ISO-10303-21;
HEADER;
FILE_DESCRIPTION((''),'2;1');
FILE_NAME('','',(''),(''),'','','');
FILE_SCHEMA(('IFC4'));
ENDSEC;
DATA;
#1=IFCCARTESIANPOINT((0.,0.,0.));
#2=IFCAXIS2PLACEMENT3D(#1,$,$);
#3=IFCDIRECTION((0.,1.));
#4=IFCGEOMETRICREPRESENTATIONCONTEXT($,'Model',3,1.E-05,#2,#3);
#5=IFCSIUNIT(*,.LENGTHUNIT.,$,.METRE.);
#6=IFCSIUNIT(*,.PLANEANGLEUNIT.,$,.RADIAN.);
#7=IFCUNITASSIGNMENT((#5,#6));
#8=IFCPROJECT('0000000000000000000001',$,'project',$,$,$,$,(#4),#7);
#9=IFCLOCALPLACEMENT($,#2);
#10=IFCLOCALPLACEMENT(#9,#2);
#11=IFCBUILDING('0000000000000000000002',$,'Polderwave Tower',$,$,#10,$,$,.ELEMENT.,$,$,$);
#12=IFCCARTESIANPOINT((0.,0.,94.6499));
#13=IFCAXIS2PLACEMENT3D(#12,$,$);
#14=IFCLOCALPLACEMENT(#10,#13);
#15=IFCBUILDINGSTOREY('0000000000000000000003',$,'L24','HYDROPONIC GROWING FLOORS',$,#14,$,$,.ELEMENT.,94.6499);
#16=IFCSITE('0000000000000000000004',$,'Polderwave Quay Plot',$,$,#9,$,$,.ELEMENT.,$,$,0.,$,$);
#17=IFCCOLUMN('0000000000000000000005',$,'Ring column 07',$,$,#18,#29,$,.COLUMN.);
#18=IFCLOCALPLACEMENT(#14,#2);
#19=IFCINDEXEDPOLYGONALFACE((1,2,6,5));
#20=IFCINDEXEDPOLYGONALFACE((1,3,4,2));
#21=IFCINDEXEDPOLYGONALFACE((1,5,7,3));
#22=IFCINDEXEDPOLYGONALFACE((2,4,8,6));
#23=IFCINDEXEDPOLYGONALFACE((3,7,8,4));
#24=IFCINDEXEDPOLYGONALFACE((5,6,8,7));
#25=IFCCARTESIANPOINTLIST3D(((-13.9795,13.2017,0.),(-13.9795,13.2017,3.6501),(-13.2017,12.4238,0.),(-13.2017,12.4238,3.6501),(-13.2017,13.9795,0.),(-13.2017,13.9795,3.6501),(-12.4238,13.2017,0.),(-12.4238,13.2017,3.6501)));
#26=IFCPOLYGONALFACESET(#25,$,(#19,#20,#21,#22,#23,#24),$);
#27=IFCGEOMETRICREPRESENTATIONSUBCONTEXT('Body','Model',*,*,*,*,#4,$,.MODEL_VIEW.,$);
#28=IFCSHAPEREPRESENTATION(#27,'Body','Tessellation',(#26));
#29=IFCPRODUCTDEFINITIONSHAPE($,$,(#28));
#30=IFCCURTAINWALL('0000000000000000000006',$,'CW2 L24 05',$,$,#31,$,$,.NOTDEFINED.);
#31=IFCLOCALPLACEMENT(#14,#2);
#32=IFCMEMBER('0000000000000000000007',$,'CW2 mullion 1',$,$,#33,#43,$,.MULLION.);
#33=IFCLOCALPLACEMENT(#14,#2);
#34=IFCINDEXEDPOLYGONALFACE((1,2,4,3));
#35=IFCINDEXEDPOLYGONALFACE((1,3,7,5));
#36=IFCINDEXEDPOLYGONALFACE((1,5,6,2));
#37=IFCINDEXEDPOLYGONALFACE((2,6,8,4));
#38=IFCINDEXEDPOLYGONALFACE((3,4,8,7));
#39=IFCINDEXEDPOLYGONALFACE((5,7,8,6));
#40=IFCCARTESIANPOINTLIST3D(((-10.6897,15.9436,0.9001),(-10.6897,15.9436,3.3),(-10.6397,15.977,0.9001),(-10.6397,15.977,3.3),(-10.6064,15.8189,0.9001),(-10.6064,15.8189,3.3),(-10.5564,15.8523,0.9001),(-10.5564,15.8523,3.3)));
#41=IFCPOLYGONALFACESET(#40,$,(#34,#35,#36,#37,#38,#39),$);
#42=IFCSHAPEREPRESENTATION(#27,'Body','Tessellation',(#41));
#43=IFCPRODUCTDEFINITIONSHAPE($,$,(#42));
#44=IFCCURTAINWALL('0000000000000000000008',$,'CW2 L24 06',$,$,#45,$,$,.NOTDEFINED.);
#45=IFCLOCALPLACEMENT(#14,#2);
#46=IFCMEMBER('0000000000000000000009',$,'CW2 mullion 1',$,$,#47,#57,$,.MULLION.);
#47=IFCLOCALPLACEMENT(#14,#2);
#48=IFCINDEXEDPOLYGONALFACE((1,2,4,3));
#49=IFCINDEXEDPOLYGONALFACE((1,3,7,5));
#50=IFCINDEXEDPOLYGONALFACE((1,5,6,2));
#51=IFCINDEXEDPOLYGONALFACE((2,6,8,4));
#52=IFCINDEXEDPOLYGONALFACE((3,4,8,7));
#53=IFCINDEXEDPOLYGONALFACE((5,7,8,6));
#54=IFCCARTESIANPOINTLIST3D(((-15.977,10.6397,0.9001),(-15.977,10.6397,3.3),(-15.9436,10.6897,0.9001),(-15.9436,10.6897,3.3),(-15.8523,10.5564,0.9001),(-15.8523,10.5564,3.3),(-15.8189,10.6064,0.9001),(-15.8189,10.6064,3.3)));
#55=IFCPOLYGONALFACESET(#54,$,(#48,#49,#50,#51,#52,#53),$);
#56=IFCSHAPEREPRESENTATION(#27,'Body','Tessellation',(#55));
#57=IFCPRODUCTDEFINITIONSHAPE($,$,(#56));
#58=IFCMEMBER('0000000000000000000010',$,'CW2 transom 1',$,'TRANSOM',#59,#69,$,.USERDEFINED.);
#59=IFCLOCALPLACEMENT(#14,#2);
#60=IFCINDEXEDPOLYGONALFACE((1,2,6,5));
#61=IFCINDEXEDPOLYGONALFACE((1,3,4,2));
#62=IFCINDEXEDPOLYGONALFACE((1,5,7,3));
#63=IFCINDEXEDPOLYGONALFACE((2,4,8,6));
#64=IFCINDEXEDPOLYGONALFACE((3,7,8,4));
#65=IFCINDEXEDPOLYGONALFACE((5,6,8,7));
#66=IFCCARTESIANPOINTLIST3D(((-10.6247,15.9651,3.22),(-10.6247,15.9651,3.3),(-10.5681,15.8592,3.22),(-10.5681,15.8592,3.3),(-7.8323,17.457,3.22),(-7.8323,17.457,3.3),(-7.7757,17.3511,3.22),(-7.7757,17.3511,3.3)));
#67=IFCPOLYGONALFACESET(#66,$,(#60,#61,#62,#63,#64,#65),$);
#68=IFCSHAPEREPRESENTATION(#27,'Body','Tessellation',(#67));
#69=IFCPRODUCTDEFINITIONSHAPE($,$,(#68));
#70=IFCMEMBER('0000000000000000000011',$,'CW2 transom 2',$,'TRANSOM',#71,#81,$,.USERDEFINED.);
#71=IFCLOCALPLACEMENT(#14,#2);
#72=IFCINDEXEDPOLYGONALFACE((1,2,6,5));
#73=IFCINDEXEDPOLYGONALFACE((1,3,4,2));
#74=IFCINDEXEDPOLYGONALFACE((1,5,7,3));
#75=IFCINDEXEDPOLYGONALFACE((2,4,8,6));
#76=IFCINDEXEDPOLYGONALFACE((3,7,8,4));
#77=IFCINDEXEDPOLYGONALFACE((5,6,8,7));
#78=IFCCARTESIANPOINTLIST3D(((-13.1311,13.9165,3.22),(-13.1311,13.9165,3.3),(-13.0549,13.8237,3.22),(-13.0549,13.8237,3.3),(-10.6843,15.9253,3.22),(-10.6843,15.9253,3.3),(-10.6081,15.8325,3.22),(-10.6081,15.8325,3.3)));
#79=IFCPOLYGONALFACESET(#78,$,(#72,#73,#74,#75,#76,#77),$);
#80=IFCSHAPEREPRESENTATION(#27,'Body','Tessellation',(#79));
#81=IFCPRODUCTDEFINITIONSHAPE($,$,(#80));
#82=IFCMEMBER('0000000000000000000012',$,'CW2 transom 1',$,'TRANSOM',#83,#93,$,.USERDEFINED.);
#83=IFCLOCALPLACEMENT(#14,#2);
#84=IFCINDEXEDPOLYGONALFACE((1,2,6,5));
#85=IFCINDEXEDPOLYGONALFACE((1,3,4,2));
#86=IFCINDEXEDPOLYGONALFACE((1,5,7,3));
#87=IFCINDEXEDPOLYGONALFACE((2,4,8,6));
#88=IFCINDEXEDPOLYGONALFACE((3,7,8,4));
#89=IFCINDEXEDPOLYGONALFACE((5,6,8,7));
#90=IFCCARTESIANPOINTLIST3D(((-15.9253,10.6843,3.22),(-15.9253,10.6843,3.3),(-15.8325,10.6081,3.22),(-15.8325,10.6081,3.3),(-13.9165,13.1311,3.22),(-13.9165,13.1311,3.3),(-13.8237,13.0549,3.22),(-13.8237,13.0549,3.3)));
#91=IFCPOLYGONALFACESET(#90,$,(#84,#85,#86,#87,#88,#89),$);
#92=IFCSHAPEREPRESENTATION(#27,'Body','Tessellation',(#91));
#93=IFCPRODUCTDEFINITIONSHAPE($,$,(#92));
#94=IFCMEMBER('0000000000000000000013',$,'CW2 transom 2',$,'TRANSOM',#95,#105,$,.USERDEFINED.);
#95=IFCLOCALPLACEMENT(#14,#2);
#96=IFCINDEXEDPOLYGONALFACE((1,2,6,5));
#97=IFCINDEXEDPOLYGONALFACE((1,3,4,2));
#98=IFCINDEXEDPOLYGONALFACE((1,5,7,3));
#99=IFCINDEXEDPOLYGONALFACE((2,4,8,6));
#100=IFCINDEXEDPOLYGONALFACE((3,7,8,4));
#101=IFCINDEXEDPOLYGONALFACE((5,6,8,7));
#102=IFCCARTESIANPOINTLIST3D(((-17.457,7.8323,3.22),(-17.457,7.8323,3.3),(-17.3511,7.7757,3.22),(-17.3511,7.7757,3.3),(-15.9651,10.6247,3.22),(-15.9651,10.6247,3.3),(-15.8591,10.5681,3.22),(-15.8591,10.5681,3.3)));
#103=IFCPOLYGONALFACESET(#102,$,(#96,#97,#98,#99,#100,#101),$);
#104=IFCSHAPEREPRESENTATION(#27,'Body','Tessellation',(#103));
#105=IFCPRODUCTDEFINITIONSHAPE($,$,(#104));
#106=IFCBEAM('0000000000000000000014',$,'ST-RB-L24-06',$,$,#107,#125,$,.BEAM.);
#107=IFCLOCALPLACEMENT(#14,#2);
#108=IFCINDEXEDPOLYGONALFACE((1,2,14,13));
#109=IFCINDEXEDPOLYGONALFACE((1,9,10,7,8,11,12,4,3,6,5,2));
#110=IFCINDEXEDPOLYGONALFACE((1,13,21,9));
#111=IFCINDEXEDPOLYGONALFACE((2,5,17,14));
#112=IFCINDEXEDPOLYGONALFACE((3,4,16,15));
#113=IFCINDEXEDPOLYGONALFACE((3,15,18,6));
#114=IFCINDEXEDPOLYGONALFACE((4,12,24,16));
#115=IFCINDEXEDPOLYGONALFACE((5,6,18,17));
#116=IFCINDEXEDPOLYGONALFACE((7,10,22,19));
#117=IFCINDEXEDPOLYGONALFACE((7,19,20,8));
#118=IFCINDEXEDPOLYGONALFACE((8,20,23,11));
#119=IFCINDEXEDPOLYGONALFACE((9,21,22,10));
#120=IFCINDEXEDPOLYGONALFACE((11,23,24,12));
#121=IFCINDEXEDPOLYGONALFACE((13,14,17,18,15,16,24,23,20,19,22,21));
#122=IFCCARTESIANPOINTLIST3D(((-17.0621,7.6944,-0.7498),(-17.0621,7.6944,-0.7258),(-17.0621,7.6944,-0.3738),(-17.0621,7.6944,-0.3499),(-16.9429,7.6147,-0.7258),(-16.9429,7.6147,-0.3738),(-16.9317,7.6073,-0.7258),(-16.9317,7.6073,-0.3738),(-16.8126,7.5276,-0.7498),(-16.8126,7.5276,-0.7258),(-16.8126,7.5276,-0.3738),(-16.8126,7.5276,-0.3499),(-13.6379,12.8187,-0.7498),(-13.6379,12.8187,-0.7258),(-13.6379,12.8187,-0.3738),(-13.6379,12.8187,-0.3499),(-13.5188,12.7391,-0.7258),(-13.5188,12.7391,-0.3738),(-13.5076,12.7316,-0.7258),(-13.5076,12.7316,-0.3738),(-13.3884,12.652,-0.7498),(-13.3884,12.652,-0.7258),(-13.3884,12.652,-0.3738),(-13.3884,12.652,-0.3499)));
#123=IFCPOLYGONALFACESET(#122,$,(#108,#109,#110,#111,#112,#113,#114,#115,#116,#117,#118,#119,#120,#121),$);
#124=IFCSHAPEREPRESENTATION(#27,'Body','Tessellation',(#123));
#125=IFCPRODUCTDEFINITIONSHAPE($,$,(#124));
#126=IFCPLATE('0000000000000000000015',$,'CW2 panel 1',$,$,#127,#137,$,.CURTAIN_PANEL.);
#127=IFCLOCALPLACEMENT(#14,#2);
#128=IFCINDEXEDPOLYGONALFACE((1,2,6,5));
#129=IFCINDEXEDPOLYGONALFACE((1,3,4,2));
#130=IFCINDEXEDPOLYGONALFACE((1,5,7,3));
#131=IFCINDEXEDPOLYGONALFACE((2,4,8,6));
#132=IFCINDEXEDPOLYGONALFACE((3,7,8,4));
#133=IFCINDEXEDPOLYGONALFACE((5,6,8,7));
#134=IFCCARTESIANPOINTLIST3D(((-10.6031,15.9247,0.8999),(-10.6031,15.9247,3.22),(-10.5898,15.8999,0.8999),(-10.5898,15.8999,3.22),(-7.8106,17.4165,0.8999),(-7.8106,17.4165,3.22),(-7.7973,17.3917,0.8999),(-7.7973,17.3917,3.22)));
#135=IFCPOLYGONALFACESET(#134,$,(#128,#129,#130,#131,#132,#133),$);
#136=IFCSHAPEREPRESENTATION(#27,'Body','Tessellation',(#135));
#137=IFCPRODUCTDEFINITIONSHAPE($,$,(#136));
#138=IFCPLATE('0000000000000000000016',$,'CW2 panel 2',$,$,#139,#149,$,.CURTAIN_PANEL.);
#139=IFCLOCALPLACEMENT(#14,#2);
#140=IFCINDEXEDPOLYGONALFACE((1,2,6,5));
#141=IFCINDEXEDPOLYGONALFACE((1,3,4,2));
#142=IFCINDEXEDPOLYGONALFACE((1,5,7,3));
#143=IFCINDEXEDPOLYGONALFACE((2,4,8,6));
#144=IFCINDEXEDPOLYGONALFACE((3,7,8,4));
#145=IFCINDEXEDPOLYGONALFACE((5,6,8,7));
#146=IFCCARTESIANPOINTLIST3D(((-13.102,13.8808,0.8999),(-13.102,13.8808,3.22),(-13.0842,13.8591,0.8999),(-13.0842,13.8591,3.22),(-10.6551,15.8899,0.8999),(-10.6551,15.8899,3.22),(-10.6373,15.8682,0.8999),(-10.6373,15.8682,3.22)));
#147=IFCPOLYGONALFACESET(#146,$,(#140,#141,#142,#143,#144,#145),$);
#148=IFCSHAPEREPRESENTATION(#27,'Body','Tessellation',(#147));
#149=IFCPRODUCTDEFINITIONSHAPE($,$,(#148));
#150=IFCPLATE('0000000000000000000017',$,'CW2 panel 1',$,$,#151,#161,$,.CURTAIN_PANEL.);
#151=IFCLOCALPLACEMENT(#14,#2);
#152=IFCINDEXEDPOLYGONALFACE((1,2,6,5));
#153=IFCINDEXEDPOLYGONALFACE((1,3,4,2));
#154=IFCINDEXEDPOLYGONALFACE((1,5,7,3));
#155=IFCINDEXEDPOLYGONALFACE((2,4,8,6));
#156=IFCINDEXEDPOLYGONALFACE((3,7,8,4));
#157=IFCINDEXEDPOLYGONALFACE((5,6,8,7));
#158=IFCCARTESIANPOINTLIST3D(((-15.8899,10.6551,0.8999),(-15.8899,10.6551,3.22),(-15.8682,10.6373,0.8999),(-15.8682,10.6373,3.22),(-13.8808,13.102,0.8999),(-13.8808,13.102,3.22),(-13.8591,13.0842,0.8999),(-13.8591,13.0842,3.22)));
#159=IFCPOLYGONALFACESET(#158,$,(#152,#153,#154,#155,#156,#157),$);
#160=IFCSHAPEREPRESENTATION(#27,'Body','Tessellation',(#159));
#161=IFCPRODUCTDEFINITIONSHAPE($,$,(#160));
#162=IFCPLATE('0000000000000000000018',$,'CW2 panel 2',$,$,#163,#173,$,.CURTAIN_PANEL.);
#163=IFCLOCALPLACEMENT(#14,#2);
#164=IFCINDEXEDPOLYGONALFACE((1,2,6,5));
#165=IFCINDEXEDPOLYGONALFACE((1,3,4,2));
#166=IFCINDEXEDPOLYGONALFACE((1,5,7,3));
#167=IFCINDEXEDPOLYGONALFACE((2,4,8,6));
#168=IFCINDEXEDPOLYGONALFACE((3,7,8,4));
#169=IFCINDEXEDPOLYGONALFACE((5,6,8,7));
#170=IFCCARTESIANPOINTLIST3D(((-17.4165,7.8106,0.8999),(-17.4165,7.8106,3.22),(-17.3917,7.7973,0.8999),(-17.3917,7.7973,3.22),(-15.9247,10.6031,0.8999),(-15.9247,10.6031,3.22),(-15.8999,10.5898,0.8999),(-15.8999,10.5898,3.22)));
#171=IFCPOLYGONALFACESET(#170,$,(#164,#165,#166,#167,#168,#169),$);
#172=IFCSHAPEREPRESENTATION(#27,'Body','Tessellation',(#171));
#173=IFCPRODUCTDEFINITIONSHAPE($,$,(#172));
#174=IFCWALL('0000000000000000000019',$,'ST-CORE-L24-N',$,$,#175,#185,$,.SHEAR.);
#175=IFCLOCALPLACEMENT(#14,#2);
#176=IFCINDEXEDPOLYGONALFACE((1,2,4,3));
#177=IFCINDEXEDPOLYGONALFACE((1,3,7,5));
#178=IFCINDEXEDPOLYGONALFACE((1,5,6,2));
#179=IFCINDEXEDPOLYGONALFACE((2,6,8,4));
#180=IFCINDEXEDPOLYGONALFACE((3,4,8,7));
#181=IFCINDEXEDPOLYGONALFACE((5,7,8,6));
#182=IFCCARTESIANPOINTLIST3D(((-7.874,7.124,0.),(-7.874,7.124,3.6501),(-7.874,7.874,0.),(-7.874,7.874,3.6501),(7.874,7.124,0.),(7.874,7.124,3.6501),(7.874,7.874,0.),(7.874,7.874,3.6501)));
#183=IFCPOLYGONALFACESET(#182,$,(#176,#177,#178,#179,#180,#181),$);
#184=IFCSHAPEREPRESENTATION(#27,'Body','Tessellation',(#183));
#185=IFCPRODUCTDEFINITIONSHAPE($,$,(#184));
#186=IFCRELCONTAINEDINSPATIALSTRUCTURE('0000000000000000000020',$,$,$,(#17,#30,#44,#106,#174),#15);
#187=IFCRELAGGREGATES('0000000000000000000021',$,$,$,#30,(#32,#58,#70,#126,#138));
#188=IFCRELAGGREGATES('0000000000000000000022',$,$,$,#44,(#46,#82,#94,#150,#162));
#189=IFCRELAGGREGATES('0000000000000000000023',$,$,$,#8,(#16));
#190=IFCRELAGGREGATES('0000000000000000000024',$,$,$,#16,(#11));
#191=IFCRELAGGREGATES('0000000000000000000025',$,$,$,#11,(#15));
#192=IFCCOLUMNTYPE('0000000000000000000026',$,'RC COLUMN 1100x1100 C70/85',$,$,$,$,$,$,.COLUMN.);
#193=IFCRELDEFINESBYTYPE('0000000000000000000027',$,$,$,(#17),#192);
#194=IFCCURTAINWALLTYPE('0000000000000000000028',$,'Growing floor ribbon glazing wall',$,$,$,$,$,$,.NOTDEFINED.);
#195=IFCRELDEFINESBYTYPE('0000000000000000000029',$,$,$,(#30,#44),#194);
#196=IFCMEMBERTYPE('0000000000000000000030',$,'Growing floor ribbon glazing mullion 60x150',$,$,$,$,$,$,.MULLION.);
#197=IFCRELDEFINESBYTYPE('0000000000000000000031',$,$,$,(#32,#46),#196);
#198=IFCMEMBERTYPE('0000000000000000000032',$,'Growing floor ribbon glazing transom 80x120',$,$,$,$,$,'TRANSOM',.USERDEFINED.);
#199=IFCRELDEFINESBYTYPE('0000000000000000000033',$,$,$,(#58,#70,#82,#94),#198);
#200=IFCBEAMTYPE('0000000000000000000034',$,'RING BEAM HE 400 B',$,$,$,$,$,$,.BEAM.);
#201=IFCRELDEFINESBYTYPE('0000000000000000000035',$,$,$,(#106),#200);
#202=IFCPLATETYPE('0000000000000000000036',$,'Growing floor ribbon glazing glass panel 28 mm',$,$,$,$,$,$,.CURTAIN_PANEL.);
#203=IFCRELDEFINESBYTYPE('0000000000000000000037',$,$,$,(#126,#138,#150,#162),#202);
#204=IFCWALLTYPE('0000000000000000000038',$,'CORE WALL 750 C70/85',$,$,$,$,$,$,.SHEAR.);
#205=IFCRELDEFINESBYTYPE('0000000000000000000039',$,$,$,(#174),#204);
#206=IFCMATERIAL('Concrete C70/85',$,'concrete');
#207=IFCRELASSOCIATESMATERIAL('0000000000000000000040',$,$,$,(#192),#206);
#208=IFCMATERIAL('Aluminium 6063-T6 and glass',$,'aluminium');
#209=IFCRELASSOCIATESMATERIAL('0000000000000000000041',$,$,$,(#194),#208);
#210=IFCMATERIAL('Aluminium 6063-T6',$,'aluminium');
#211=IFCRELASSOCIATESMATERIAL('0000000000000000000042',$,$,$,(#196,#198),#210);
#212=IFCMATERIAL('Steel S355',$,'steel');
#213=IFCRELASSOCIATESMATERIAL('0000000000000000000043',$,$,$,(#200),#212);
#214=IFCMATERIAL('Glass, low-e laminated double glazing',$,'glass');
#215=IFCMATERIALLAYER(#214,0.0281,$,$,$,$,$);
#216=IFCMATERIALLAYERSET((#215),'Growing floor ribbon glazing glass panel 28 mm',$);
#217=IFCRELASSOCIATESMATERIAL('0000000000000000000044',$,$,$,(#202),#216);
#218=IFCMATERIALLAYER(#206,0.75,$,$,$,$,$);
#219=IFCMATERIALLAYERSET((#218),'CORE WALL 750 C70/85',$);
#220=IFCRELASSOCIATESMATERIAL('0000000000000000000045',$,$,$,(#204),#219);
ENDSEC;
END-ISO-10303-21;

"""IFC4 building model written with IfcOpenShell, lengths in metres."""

from ifc_helpers import new_model, si_unit, direction, frame, frame_2d, origin, origin_2d, place, context, subcontext, project, spatial, rectangle, i_section, extrude, material, layer, layer_set, material_profile, profile_set, type_object, element, aggregate, save


model = new_model("IFC4")

# Units and contexts
model_context = context("Model", 3, precision=1e-05, world=origin(), true_north=direction((0.0, 1.0)))
body_context = subcontext(model_context, "Body", "Model", "MODEL_VIEW")
ifc_project = project(units=[si_unit("LENGTHUNIT", "METRE"), si_unit("PLANEANGLEUNIT", "RADIAN")], contexts=[model_context])

# Site, building, storey
site_placement = place(None, origin())
site = spatial("IfcSite", under=ifc_project, at=site_placement, Name="Polderwave Quay Plot", CompositionType="ELEMENT", RefElevation=0.0)
building_placement = place(site_placement, origin())
building = spatial("IfcBuilding", under=site, at=building_placement, Name="Polderwave Tower", CompositionType="ELEMENT")
storey_placement = place(building_placement, frame((0.0, 0.0, 94.6499)))
storey = spatial("IfcBuildingStorey", under=building, at=storey_placement, Name="L24", Description="HYDROPONIC GROWING FLOORS", CompositionType="ELEMENT", Elevation=94.6499)

# Column
ifc_material_1 = material(Name="Concrete C70/85", Category="concrete")
ifc_material_profile_1 = material_profile(ifc_material_1, rectangle(XDim=1.1001, YDim=1.1001, at=origin_2d()), Name="RC 1100x1100")
ifc_profile_set_1 = profile_set([ifc_material_profile_1], Name="Concrete C70/85")
column_type = type_object("IfcColumnType", Name="RC COLUMN 1100x1100 C70/85", PredefinedType="COLUMN", material=ifc_profile_set_1)
column_placement = place(storey_placement, frame((-13.2017, 13.2017, 0.0), z_axis=(0.0, 0.0, 1.0), x_axis=(-0.707107, 0.707107, 0.0)))
element("IfcColumn", 1, at=column_placement, inside=storey, type_object=column_type, Name="Ring column 07", PredefinedType="COLUMN", context=body_context, shape_type="SweptSolid", body=[
    extrude(rectangle(XDim=1.1001, YDim=1.1001, at=origin_2d()), origin(), (0.0, 0.0, 1.0), 3.6501),
])

# Curtain walls, members
ifc_material_2 = material(Name="Aluminium 6063-T6 and glass", Category="aluminium")
curtain_wall_type = type_object("IfcCurtainWallType", Name="Growing floor ribbon glazing wall", PredefinedType="NOTDEFINED", material=ifc_material_2)
curtain_wall_1_placement = place(storey_placement, origin())
curtain_wall_1 = element("IfcCurtainWall", 2, at=curtain_wall_1_placement, inside=storey, type_object=curtain_wall_type, Name="CW2 L24 05", PredefinedType="NOTDEFINED")
ifc_material_3 = material(Name="Aluminium 6063-T6", Category="aluminium")
ifc_material_profile_2 = material_profile(ifc_material_3, rectangle(XDim=0.1499, YDim=0.0601, at=origin_2d()), Name="AL 60x150")
ifc_profile_set_2 = profile_set([ifc_material_profile_2], Name="Aluminium 6063-T6")
member_type_1 = type_object("IfcMemberType", Name="Growing floor ribbon glazing mullion 60x150", PredefinedType="MULLION", material=ifc_profile_set_2)
member_1_placement = place(storey_placement, frame((-10.623, 15.8979, 0.9001), z_axis=(0.0, 0.0, 1.0), x_axis=(0.555573, -0.831468, 0.0)))
member_1 = element("IfcMember", 3, at=member_1_placement, type_object=member_type_1, Name="CW2 mullion 1", PredefinedType="MULLION", context=body_context, shape_type="SweptSolid", body=[
    extrude(rectangle(XDim=0.1499, YDim=0.0601, at=origin_2d()), origin(), (0.0, 0.0, 1.0), 2.3999),
])
curtain_wall_2_placement = place(storey_placement, origin())
curtain_wall_2 = element("IfcCurtainWall", 4, at=curtain_wall_2_placement, inside=storey, type_object=curtain_wall_type, Name="CW2 L24 06", PredefinedType="NOTDEFINED")
member_2_placement = place(storey_placement, frame((-15.8979, 10.623, 0.9001), z_axis=(0.0, 0.0, 1.0), x_axis=(0.831468, -0.555573, 0.0)))
member_2 = element("IfcMember", 5, at=member_2_placement, type_object=member_type_1, Name="CW2 mullion 1", PredefinedType="MULLION", context=body_context, shape_type="SweptSolid", body=[
    extrude(rectangle(XDim=0.1499, YDim=0.0601, at=origin_2d()), origin(), (0.0, 0.0, 1.0), 2.3999),
])

# Members
ifc_material_profile_3 = material_profile(ifc_material_3, rectangle(XDim=0.1201, YDim=0.0801, at=origin_2d()), Name="AL 80x120")
ifc_profile_set_3 = profile_set([ifc_material_profile_3], Name="Aluminium 6063-T6")
member_type_2 = type_object("IfcMemberType", Name="Growing floor ribbon glazing transom 80x120", ElementType="TRANSOM", PredefinedType="USERDEFINED", material=ifc_profile_set_3)
member_3_placement = place(storey_placement, frame((-7.804, 17.4041, 3.26), z_axis=(-0.882009, -0.471232, 0.0), x_axis=(0.471232, -0.882009, 0.0)))
member_3 = element("IfcMember", 6, at=member_3_placement, type_object=member_type_2, Name="CW2 transom 1", ObjectType="TRANSOM", PredefinedType="USERDEFINED", context=body_context, shape_type="SweptSolid", body=[
    extrude(rectangle(XDim=0.1201, YDim=0.0801, at=origin_2d()), origin(), (0.0, 0.0, 1.0), 3.166),
])
member_4_placement = place(storey_placement, frame((-10.6462, 15.8789, 3.26), z_axis=(-0.772891, -0.634539, 0.0), x_axis=(0.634539, -0.772891, 0.0)))
member_4 = element("IfcMember", 7, at=member_4_placement, type_object=member_type_2, Name="CW2 transom 2", ObjectType="TRANSOM", PredefinedType="USERDEFINED", context=body_context, shape_type="SweptSolid", body=[
    extrude(rectangle(XDim=0.1201, YDim=0.0801, at=origin_2d()), origin(), (0.0, 0.0, 1.0), 3.1658),
])
member_5_placement = place(storey_placement, frame((-13.8701, 13.093, 3.26), z_axis=(-0.634539, -0.772891, 0.0), x_axis=(0.772891, -0.634539, 0.0)))
member_5 = element("IfcMember", 8, at=member_5_placement, type_object=member_type_2, Name="CW2 transom 1", ObjectType="TRANSOM", PredefinedType="USERDEFINED", context=body_context, shape_type="SweptSolid", body=[
    extrude(rectangle(XDim=0.1201, YDim=0.0801, at=origin_2d()), origin(), (0.0, 0.0, 1.0), 3.1658),
])
member_6_placement = place(storey_placement, frame((-15.9121, 10.5964, 3.26), z_axis=(-0.471232, -0.882009, 0.0), x_axis=(0.882009, -0.471232, 0.0)))
member_6 = element("IfcMember", 9, at=member_6_placement, type_object=member_type_2, Name="CW2 transom 2", ObjectType="TRANSOM", PredefinedType="USERDEFINED", context=body_context, shape_type="SweptSolid", body=[
    extrude(rectangle(XDim=0.1201, YDim=0.0801, at=origin_2d()), origin(), (0.0, 0.0, 1.0), 3.166),
])

# Beam
ifc_material_4 = material(Name="Steel S355", Category="steel")
ifc_material_profile_4 = material_profile(ifc_material_4, i_section(OverallWidth=0.3, OverallDepth=0.3999, WebThickness=0.0134, FlangeThickness=0.0239, at=origin_2d()), Name="HE 400 B")
ifc_profile_set_4 = profile_set([ifc_material_profile_4], Name="Steel S355")
beam_type = type_object("IfcBeamType", Name="RING BEAM HE 400 B", PredefinedType="BEAM", material=ifc_profile_set_4)
beam_placement = place(storey_placement, frame((-13.5132, 12.7354, -0.5498), z_axis=(-0.555587, -0.831459, 0.0), x_axis=(0.831459, -0.555587, 0.0)))
element("IfcBeam", 10, at=beam_placement, inside=storey, type_object=beam_type, Name="ST-RB-L24-06", PredefinedType="BEAM", context=body_context, shape_type="SweptSolid", body=[
    extrude(i_section(OverallWidth=0.3, OverallDepth=0.3999, WebThickness=0.0134, FlangeThickness=0.0239, at=origin_2d()), origin(), (0.0, 0.0, 1.0), 6.1631),
])

# Plates
ifc_material_5 = material(Name="Glass, low-e laminated double glazing", Category="glass")
ifc_layer_1 = layer(ifc_material_5, 0.0281)
ifc_layer_set_1 = layer_set([ifc_layer_1], Name="Growing floor ribbon glazing glass panel 28 mm")
plate_type = type_object("IfcPlateType", Name="Growing floor ribbon glazing glass panel 28 mm", PredefinedType="CURTAIN_PANEL", material=ifc_layer_set_1)
plate_1_placement = place(storey_placement, frame((-9.2002, 16.6582, 0.8999), z_axis=(0.0, 0.0, 1.0), x_axis=(-0.882023, -0.471206, 0.0)))
plate_1 = element("IfcPlate", 11, at=plate_1_placement, type_object=plate_type, Name="CW2 panel 1", PredefinedType="CURTAIN_PANEL", context=body_context, shape_type="SweptSolid", body=[
    extrude(rectangle(XDim=3.166, YDim=0.0281, at=origin_2d()), origin(), (0.0, 0.0, 1.0), 2.3201),
])
plate_2_placement = place(storey_placement, frame((-11.8696, 14.8745, 0.8999), z_axis=(0.0, 0.0, 1.0), x_axis=(-0.772869, -0.634566, 0.0)))
plate_2 = element("IfcPlate", 12, at=plate_2_placement, type_object=plate_type, Name="CW2 panel 2", PredefinedType="CURTAIN_PANEL", context=body_context, shape_type="SweptSolid", body=[
    extrude(rectangle(XDim=3.166, YDim=0.0281, at=origin_2d()), origin(), (0.0, 0.0, 1.0), 2.3201),
])
aggregate(curtain_wall_1, [member_1, member_3, member_4, plate_1, plate_2])
plate_3_placement = place(storey_placement, frame((-14.8745, 11.8696, 0.8999), z_axis=(0.0, 0.0, 1.0), x_axis=(-0.634566, -0.772869, 0.0)))
plate_3 = element("IfcPlate", 13, at=plate_3_placement, type_object=plate_type, Name="CW2 panel 1", PredefinedType="CURTAIN_PANEL", context=body_context, shape_type="SweptSolid", body=[
    extrude(rectangle(XDim=3.166, YDim=0.0281, at=origin_2d()), origin(), (0.0, 0.0, 1.0), 2.3201),
])
plate_4_placement = place(storey_placement, frame((-16.6582, 9.2002, 0.8999), z_axis=(0.0, 0.0, 1.0), x_axis=(-0.471206, -0.882023, 0.0)))
plate_4 = element("IfcPlate", 14, at=plate_4_placement, type_object=plate_type, Name="CW2 panel 2", PredefinedType="CURTAIN_PANEL", context=body_context, shape_type="SweptSolid", body=[
    extrude(rectangle(XDim=3.166, YDim=0.0281, at=origin_2d()), origin(), (0.0, 0.0, 1.0), 2.3201),
])
aggregate(curtain_wall_2, [member_2, member_5, member_6, plate_3, plate_4])

# Wall
ifc_layer_2 = layer(ifc_material_1, 0.75)
ifc_layer_set_2 = layer_set([ifc_layer_2], Name="CORE WALL 750 C70/85")
wall_type_1 = type_object("IfcWallType", Name="CORE WALL 750 C70/85", PredefinedType="SHEAR", material=ifc_layer_set_2)
wall_placement = place(storey_placement, frame((-7.874, 7.499, 0.0), z_axis=(0.0, 0.0, 1.0), x_axis=(1.0, 0.0, 0.0)))
element("IfcWall", 15, at=wall_placement, inside=storey, type_object=wall_type_1, Name="ST-CORE-L24-N", PredefinedType="SHEAR", context=body_context, shape_type="SweptSolid", body=[
    extrude(rectangle(XDim=15.748, YDim=0.75, at=frame_2d((7.874, 0.0))), origin(), (0.0, 0.0, 1.0), 3.6501),
])

save(model, "model.ifc")
